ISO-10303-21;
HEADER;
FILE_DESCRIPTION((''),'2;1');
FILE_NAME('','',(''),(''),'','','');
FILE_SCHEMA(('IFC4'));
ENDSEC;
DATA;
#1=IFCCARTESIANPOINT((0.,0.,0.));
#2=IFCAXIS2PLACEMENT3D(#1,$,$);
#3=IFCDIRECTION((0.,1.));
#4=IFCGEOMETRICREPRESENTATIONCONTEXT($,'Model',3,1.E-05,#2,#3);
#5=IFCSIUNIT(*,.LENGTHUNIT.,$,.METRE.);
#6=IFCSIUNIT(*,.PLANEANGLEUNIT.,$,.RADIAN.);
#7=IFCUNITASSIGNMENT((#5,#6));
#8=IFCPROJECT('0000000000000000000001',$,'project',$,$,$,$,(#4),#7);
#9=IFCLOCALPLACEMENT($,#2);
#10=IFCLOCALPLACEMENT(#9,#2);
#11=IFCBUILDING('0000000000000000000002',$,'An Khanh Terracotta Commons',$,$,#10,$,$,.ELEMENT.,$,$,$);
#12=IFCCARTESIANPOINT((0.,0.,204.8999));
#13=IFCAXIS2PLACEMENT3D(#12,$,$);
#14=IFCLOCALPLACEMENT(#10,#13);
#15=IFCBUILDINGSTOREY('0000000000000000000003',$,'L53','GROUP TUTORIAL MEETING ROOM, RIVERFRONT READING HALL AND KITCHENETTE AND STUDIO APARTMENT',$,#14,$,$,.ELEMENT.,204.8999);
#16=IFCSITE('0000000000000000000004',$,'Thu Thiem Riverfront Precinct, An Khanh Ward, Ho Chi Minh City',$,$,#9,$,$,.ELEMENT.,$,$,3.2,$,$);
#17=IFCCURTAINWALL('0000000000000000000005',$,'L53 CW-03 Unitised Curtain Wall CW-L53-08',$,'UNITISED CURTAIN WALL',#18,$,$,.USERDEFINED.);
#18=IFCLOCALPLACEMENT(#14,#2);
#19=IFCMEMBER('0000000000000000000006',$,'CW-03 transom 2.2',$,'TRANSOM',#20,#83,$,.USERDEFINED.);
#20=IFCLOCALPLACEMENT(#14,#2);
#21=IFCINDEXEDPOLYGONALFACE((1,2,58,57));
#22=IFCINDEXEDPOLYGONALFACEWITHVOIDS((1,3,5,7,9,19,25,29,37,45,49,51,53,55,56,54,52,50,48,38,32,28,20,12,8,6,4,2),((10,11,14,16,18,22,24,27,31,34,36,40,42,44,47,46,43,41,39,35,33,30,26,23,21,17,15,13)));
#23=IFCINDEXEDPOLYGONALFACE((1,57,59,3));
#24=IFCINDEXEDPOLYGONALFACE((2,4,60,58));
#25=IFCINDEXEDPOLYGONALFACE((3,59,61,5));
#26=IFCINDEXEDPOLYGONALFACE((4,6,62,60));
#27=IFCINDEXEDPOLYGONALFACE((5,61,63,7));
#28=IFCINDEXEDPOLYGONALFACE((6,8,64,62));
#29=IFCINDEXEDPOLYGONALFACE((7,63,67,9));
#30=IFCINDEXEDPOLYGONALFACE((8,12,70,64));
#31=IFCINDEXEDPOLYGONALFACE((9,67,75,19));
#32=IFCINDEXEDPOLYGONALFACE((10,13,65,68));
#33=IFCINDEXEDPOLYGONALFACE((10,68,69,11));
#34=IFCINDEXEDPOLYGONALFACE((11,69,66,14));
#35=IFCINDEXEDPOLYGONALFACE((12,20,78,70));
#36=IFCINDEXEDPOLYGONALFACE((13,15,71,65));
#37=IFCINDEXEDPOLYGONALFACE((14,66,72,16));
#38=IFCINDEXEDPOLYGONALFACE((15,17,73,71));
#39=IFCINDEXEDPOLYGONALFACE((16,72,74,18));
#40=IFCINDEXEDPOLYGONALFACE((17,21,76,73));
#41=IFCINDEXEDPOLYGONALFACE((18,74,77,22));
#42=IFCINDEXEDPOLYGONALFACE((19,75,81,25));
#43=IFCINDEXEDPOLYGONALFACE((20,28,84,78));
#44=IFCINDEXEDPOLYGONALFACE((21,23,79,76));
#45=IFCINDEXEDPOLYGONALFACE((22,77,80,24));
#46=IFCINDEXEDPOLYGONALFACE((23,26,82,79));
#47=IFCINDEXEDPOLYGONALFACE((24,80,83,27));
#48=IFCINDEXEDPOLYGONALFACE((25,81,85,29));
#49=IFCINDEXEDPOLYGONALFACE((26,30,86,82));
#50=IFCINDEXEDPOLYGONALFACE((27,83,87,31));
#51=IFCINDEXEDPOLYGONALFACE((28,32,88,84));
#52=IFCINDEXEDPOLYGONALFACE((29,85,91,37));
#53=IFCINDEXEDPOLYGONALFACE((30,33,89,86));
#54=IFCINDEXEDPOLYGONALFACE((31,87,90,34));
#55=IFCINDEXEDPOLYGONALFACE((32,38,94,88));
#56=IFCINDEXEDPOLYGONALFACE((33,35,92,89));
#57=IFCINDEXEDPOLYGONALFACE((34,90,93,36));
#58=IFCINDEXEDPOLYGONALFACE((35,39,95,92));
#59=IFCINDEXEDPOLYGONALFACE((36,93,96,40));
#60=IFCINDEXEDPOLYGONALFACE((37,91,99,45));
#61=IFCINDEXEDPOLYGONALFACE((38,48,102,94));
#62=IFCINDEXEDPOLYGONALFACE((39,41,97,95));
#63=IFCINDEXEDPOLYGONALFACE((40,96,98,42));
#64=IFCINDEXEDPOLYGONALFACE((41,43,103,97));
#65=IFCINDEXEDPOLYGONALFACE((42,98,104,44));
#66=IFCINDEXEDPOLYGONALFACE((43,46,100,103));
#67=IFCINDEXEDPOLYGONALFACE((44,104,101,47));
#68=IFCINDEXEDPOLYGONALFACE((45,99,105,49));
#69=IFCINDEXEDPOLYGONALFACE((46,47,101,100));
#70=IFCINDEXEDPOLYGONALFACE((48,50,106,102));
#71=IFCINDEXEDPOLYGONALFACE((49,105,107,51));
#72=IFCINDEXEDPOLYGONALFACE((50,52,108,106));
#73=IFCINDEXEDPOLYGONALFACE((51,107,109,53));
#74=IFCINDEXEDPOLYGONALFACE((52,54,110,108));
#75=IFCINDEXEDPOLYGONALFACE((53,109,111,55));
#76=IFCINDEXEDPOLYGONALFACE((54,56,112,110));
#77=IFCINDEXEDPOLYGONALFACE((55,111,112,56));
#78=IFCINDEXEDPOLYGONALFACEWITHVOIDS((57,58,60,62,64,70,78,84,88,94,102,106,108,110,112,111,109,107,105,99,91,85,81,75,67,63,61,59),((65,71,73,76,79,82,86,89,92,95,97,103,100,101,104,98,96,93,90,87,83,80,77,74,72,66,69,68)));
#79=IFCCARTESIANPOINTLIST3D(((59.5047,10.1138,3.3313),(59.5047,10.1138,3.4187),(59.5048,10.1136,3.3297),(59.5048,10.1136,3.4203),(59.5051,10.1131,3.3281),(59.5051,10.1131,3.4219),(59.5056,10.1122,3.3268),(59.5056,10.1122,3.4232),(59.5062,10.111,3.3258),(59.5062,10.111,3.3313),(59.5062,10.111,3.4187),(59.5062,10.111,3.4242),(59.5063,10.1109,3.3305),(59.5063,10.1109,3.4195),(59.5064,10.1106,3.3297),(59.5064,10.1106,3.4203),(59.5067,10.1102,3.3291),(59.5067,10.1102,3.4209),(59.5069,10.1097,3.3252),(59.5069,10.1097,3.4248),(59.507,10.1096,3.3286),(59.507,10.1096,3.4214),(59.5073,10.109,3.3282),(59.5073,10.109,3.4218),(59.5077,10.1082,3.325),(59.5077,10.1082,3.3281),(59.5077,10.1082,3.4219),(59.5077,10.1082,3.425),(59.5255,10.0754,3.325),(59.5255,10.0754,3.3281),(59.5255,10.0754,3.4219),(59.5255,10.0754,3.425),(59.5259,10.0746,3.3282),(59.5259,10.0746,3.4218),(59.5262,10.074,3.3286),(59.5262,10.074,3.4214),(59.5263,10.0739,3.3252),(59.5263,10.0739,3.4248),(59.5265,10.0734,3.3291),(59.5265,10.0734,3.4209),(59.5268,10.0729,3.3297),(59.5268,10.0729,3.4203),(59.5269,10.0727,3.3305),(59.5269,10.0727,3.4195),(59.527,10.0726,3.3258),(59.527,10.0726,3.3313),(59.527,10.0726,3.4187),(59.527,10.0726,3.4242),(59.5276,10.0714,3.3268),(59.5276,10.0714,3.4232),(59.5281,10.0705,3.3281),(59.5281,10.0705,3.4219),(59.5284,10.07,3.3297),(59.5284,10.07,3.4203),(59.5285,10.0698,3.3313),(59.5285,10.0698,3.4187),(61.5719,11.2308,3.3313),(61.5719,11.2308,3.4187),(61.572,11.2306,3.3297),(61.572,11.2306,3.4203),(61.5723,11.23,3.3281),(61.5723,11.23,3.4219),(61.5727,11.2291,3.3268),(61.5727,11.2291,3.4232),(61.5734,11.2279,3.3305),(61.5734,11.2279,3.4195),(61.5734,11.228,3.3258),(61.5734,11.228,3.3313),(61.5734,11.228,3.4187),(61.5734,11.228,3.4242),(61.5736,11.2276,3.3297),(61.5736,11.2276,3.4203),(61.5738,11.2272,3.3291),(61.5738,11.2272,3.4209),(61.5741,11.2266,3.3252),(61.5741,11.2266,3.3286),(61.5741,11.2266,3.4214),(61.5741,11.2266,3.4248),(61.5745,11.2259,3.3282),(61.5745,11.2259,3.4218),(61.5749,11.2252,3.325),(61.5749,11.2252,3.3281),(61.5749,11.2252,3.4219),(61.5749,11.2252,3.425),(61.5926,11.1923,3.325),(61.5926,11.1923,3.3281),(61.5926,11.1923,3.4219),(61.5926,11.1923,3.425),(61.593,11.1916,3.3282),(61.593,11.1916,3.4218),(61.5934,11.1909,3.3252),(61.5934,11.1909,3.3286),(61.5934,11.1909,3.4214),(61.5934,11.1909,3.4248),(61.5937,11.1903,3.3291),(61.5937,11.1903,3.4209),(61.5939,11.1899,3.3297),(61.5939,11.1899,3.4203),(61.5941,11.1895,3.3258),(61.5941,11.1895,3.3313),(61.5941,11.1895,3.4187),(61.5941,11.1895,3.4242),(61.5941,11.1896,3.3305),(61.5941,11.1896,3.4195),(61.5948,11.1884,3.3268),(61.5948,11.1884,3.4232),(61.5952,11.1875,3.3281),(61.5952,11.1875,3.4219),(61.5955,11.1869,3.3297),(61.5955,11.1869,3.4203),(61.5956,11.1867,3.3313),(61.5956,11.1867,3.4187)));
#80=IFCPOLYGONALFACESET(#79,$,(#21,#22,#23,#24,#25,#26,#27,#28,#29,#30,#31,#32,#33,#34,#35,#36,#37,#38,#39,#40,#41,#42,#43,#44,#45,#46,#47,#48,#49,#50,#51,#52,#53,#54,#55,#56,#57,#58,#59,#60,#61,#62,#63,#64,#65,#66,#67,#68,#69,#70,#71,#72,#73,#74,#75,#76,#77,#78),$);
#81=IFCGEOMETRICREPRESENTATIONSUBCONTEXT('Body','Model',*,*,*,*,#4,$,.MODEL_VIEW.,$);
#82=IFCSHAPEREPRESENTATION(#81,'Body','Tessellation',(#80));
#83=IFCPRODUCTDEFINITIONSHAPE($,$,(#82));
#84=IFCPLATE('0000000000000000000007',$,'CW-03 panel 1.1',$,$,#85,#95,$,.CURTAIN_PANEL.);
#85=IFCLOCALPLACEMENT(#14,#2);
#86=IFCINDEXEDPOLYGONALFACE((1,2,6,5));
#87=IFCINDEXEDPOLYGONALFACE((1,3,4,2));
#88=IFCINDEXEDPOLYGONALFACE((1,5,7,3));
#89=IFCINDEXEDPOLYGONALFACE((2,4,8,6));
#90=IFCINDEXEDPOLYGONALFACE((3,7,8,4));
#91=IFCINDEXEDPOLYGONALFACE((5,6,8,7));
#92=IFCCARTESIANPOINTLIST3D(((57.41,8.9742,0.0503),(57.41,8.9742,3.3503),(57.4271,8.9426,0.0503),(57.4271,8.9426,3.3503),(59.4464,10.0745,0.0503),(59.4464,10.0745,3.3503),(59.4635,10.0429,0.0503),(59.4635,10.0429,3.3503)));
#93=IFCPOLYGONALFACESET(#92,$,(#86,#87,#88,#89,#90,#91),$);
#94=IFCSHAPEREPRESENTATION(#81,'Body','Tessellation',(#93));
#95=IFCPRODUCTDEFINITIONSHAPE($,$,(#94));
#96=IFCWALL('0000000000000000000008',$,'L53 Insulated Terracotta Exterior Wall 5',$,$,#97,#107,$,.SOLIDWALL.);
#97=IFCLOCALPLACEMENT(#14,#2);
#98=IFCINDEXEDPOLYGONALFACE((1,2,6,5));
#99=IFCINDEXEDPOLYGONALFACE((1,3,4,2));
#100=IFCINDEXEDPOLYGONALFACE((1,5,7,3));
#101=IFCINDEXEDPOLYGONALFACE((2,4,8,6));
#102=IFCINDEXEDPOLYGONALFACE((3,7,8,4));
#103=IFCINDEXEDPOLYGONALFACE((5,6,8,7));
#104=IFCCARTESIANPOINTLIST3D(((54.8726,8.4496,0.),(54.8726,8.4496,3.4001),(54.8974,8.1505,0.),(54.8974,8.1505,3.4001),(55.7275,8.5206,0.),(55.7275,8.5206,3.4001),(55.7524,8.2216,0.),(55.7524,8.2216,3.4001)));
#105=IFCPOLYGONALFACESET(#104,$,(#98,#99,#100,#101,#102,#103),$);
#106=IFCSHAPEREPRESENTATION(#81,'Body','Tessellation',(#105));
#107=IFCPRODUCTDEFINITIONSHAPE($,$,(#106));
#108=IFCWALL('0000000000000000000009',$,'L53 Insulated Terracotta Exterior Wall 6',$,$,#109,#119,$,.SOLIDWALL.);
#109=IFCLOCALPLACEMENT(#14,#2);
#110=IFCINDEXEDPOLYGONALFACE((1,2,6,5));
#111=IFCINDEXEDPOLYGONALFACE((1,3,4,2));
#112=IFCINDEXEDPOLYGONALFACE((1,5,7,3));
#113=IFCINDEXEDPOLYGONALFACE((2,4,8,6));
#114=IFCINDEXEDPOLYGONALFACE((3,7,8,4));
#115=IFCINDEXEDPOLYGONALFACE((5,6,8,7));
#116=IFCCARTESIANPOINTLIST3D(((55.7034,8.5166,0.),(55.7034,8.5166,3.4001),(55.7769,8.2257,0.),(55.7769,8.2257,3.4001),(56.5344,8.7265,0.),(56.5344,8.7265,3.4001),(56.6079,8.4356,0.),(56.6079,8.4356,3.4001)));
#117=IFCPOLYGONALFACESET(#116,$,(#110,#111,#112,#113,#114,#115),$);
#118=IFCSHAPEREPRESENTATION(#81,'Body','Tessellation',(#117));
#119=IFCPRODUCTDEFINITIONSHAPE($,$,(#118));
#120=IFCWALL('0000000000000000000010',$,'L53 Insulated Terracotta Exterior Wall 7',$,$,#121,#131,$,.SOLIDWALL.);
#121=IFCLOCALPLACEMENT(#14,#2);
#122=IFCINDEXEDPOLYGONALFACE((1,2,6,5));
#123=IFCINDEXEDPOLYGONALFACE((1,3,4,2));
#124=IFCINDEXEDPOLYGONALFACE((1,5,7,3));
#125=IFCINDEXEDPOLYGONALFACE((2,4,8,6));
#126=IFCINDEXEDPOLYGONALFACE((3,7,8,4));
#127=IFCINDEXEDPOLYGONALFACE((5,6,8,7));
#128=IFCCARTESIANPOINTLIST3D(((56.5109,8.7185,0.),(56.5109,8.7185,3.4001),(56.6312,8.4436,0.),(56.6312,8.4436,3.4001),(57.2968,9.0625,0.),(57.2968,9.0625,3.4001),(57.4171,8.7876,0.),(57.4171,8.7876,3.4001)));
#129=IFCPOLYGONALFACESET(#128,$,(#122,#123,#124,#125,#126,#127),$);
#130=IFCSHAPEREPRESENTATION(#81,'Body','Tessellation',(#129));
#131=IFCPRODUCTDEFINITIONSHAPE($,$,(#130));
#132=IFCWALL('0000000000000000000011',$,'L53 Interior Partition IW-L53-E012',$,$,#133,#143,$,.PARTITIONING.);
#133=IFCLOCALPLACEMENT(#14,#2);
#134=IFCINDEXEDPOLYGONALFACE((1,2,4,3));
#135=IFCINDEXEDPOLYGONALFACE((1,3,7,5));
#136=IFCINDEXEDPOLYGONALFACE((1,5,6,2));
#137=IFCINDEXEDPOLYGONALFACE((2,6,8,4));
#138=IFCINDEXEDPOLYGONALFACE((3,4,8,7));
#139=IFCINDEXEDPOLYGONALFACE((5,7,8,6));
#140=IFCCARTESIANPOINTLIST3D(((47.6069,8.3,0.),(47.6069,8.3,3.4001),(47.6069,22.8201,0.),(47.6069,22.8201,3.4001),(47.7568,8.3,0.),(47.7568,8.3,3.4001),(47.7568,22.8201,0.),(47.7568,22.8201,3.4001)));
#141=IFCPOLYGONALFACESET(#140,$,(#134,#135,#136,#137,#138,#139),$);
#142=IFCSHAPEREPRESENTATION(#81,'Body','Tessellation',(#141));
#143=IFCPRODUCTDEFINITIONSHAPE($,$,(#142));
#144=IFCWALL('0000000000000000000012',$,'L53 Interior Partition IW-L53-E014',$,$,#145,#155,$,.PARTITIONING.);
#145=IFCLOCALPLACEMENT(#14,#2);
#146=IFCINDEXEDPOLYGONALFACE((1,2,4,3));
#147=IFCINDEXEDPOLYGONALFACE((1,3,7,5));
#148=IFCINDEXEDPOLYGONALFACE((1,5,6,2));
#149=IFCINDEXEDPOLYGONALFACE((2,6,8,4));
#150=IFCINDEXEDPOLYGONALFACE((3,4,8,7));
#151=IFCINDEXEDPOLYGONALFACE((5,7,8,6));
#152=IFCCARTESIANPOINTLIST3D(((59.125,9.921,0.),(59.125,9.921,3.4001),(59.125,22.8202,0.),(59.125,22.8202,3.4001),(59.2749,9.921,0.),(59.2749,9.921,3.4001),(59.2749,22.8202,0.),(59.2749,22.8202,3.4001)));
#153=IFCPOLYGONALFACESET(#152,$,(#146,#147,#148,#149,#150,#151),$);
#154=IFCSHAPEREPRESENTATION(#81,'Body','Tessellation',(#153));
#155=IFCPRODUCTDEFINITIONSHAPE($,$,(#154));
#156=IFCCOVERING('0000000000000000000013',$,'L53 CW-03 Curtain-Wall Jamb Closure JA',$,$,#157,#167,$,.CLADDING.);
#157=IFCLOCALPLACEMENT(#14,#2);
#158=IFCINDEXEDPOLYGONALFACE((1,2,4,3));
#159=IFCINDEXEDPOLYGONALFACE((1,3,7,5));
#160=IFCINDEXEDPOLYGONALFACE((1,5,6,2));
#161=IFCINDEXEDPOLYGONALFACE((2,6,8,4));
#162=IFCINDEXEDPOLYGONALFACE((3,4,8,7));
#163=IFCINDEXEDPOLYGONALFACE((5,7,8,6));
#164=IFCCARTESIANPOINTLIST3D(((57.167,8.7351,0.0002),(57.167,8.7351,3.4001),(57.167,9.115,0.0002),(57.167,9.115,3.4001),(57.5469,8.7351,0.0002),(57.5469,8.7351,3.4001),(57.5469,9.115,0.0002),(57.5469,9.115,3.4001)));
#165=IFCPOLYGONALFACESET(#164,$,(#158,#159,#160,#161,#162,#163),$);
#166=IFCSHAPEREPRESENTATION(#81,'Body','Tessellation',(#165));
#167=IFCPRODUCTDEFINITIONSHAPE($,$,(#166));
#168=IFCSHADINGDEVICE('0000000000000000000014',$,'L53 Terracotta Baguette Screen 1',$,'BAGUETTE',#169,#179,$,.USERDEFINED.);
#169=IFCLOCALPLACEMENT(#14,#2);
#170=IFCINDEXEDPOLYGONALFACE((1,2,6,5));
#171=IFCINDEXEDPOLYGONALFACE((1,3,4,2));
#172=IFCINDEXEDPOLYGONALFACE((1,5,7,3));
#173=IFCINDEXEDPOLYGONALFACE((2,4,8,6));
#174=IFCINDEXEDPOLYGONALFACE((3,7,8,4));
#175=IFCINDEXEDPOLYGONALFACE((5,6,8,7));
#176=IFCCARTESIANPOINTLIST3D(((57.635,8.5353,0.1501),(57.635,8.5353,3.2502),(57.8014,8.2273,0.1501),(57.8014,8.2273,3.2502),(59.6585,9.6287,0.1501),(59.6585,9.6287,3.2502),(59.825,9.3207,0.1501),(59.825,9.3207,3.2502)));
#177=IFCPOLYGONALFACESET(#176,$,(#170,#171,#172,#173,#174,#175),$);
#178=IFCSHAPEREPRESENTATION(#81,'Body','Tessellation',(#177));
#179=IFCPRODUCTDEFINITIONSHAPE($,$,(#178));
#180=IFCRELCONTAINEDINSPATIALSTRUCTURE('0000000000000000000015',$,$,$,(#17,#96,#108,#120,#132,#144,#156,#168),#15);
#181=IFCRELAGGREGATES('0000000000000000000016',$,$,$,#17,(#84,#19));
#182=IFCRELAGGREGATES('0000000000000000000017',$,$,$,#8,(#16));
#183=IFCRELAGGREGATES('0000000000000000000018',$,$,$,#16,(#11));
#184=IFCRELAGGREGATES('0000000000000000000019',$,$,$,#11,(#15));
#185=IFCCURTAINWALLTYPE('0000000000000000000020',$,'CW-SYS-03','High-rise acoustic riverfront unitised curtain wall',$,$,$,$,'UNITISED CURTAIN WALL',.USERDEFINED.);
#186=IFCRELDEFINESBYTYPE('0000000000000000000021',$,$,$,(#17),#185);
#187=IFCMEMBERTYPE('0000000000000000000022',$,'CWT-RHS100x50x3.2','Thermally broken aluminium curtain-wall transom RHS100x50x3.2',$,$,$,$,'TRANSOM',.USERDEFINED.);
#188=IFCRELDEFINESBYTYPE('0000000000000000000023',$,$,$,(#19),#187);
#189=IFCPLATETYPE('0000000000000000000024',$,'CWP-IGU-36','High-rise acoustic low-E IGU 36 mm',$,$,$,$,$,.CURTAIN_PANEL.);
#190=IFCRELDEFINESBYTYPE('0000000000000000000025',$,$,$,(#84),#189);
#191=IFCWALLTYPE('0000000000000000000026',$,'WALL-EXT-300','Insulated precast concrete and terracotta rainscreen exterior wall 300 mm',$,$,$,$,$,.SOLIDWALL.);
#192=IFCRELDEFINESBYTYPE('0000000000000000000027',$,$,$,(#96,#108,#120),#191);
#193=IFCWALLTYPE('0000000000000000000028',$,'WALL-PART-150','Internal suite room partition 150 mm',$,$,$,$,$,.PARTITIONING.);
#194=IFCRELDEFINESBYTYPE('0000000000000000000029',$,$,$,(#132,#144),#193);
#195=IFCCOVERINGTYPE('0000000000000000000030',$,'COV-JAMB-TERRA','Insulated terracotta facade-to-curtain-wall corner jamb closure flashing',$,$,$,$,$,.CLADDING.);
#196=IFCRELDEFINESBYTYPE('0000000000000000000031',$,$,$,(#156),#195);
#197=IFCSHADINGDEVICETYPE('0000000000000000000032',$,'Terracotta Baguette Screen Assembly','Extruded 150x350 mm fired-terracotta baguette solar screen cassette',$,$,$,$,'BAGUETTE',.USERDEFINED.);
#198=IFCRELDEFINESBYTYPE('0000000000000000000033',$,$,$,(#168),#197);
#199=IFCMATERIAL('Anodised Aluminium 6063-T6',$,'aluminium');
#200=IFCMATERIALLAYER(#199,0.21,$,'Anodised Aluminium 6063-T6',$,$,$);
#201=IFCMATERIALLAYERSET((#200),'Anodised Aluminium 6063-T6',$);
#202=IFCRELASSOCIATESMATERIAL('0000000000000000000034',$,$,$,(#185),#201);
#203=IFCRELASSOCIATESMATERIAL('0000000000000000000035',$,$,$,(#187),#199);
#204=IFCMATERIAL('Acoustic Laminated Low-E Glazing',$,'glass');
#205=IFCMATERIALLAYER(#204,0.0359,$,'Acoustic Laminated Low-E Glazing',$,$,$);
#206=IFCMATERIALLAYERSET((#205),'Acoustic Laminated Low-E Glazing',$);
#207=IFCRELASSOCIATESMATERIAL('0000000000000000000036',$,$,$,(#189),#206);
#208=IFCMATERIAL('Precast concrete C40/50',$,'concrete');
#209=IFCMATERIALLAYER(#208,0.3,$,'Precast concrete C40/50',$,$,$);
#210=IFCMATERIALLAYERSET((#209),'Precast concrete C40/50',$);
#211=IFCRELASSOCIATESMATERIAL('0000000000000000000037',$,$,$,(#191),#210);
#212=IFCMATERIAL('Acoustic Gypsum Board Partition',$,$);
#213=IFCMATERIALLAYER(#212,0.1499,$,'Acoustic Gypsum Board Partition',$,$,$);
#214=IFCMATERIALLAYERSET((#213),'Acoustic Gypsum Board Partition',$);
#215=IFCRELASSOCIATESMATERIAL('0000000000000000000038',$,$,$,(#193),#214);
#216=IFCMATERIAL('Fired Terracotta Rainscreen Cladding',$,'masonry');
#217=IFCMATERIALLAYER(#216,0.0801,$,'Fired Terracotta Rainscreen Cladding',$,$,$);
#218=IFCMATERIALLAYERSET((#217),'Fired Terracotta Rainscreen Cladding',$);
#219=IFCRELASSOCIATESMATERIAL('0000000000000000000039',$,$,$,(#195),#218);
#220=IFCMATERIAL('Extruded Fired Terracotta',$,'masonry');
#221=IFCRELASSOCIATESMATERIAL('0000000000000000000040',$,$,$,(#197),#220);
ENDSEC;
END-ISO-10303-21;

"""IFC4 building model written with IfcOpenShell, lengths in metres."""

from ifc_helpers import new_model, si_unit, direction, frame, frame_2d, origin, origin_2d, place, context, subcontext, project, spatial, rectangle, hollow_rectangle, extrude, material, layer, layer_set, material_profile, profile_set, type_object, element, aggregate, save


model = new_model("IFC4")

# Units and contexts
model_context = context("Model", 3, precision=1e-05, world=origin(), true_north=direction((0.0, 1.0)))
body_context = subcontext(model_context, "Body", "Model", "MODEL_VIEW")
ifc_project = project(units=[si_unit("LENGTHUNIT", "METRE"), si_unit("PLANEANGLEUNIT", "RADIAN")], contexts=[model_context])

# Site, building, storey
site_placement = place(None, origin())
site = spatial("IfcSite", under=ifc_project, at=site_placement, Name="Thu Thiem Riverfront Precinct, An Khanh Ward, Ho Chi Minh City", CompositionType="ELEMENT", RefElevation=3.2)
building_placement = place(site_placement, origin())
building = spatial("IfcBuilding", under=site, at=building_placement, Name="An Khanh Terracotta Commons", CompositionType="ELEMENT")
storey_placement = place(building_placement, frame((0.0, 0.0, 204.8999)))
storey = spatial("IfcBuildingStorey", under=building, at=storey_placement, Name="L53", Description="GROUP TUTORIAL MEETING ROOM, RIVERFRONT READING HALL AND KITCHENETTE AND STUDIO APARTMENT", CompositionType="ELEMENT", Elevation=204.8999)

# Curtain wall, member, plate
ifc_material_1 = material(Name="Anodised Aluminium 6063-T6", Category="aluminium")
ifc_layer_1 = layer(ifc_material_1, 0.21, Name="Anodised Aluminium 6063-T6")
ifc_layer_set_1 = layer_set([ifc_layer_1], Name="Anodised Aluminium 6063-T6")
curtain_wall_type = type_object("IfcCurtainWallType", Name="CW-SYS-03", Description="High-rise acoustic riverfront unitised curtain wall", ElementType="UNITISED CURTAIN WALL", PredefinedType="USERDEFINED", material=ifc_layer_set_1)
curtain_wall_placement = place(storey_placement, origin())
curtain_wall = element("IfcCurtainWall", 1, at=curtain_wall_placement, inside=storey, type_object=curtain_wall_type, Name="L53 CW-03 Unitised Curtain Wall CW-L53-08", ObjectType="UNITISED CURTAIN WALL", PredefinedType="USERDEFINED")
ifc_material_profile_1 = material_profile(ifc_material_1, hollow_rectangle(XDim=0.05, YDim=0.1001, WallThickness=0.0032, InnerFilletRadius=0.0032, OuterFilletRadius=0.0063, at=origin_2d()), Name="RHS100x50x3.2")
ifc_profile_set_1 = profile_set([ifc_material_profile_1], Name="Anodised Aluminium 6063-T6")
member_type_1 = type_object("IfcMemberType", Name="CWT-RHS100x50x3.2", Description="Thermally broken aluminium curtain-wall transom RHS100x50x3.2", ElementType="TRANSOM", PredefinedType="USERDEFINED", material=ifc_profile_set_1)
member_1_placement = place(storey_placement, frame((59.5166, 10.0918, 3.375), z_axis=(0.879783, 0.475376, 0.0), x_axis=(-0.475376, 0.879783, 0.0)))
member_1 = element("IfcMember", 2, at=member_1_placement, type_object=member_type_1, Name="CW-03 transom 2.2", ObjectType="TRANSOM", PredefinedType="USERDEFINED", context=body_context, shape_type="SweptSolid", body=[
    extrude(hollow_rectangle(XDim=0.05, YDim=0.1001, WallThickness=0.0032, InnerFilletRadius=0.0032, OuterFilletRadius=0.0063, at=origin_2d()), origin(), (0.0, 0.0, 1.0), 2.3496),
])
ifc_material_2 = material(Name="Acoustic Laminated Low-E Glazing", Category="glass")
ifc_layer_2 = layer(ifc_material_2, 0.0359, Name="Acoustic Laminated Low-E Glazing")
ifc_layer_set_2 = layer_set([ifc_layer_2], Name="Acoustic Laminated Low-E Glazing")
plate_type = type_object("IfcPlateType", Name="CWP-IGU-36", Description="High-rise acoustic low-E IGU 36 mm", PredefinedType="CURTAIN_PANEL", material=ifc_layer_set_2)
plate_placement = place(storey_placement, frame((58.4368, 9.5085, 0.0503), z_axis=(0.0, 0.0, 1.0), x_axis=(0.87978, 0.475381, 0.0)))
plate = element("IfcPlate", 3, at=plate_placement, type_object=plate_type, Name="CW-03 panel 1.1", PredefinedType="CURTAIN_PANEL", context=body_context, shape_type="SweptSolid", body=[
    extrude(rectangle(XDim=2.3147, YDim=0.0359, at=origin_2d()), origin(), (0.0, 0.0, 1.0), 3.3),
])
aggregate(curtain_wall, [plate, member_1])

# Walls
ifc_material_3 = material(Name="Precast concrete C40/50", Category="concrete")
ifc_layer_3 = layer(ifc_material_3, 0.3, Name="Precast concrete C40/50")
ifc_layer_set_3 = layer_set([ifc_layer_3], Name="Precast concrete C40/50")
wall_type_1 = type_object("IfcWallType", Name="WALL-EXT-300", Description="Insulated precast concrete and terracotta rainscreen exterior wall 300 mm", PredefinedType="SOLIDWALL", material=ifc_layer_set_3)
wall_1_placement = place(storey_placement, frame((54.885, 8.3, 0.0), z_axis=(0.0, 0.0, 1.0), x_axis=(0.996565, 0.08281, 0.0)))
element("IfcWall", 4, at=wall_1_placement, inside=storey, type_object=wall_type_1, Name="L53 Insulated Terracotta Exterior Wall 5", PredefinedType="SOLIDWALL", context=body_context, shape_type="SweptSolid", body=[
    extrude(rectangle(XDim=0.8579, YDim=0.3, at=frame_2d((0.429, 0.0))), origin(), (0.0, 0.0, 1.0), 3.4001),
])
wall_2_placement = place(storey_placement, frame((55.74, 8.3711, 0.0), z_axis=(0.0, 0.0, 1.0), x_axis=(0.969536, 0.244947, 0.0)))
element("IfcWall", 5, at=wall_2_placement, inside=storey, type_object=wall_type_1, Name="L53 Insulated Terracotta Exterior Wall 6", PredefinedType="SOLIDWALL", context=body_context, shape_type="SweptSolid", body=[
    extrude(rectangle(XDim=0.8572, YDim=0.3, at=frame_2d((0.4287, 0.0))), origin(), (0.0, 0.0, 1.0), 3.4001),
])
wall_3_placement = place(storey_placement, frame((56.571, 8.5811, 0.0), z_axis=(0.0, 0.0, 1.0), x_axis=(0.916085, 0.400983, 0.0)))
element("IfcWall", 6, at=wall_3_placement, inside=storey, type_object=wall_type_1, Name="L53 Insulated Terracotta Exterior Wall 7", PredefinedType="SOLIDWALL", context=body_context, shape_type="SweptSolid", body=[
    extrude(rectangle(XDim=0.8579, YDim=0.3, at=frame_2d((0.429, 0.0))), origin(), (0.0, 0.0, 1.0), 3.4001),
])
ifc_material_4 = material(Name="Acoustic Gypsum Board Partition")
ifc_layer_4 = layer(ifc_material_4, 0.1499, Name="Acoustic Gypsum Board Partition")
ifc_layer_set_4 = layer_set([ifc_layer_4], Name="Acoustic Gypsum Board Partition")
wall_type_2 = type_object("IfcWallType", Name="WALL-PART-150", Description="Internal suite room partition 150 mm", PredefinedType="PARTITIONING", material=ifc_layer_set_4)
wall_4_placement = place(storey_placement, frame((47.6819, 8.3, 0.0), z_axis=(0.0, 0.0, 1.0), x_axis=(0.0, 1.0, 0.0)))
element("IfcWall", 7, at=wall_4_placement, inside=storey, type_object=wall_type_2, Name="L53 Interior Partition IW-L53-E012", PredefinedType="PARTITIONING", context=body_context, shape_type="SweptSolid", body=[
    extrude(rectangle(XDim=14.52, YDim=0.1499, at=frame_2d((7.26, 0.0))), origin(), (0.0, 0.0, 1.0), 3.4001),
])
wall_5_placement = place(storey_placement, frame((59.2, 9.9209, 0.0), z_axis=(0.0, 0.0, 1.0), x_axis=(0.0, 1.0, 0.0)))
element("IfcWall", 8, at=wall_5_placement, inside=storey, type_object=wall_type_2, Name="L53 Interior Partition IW-L53-E014", PredefinedType="PARTITIONING", context=body_context, shape_type="SweptSolid", body=[
    extrude(rectangle(XDim=12.8992, YDim=0.1499, at=frame_2d((6.4497, 0.0))), origin(), (0.0, 0.0, 1.0), 3.4001),
])

# Covering
ifc_material_5 = material(Name="Fired Terracotta Rainscreen Cladding", Category="masonry")
ifc_layer_5 = layer(ifc_material_5, 0.0801, Name="Fired Terracotta Rainscreen Cladding")
ifc_layer_set_5 = layer_set([ifc_layer_5], Name="Fired Terracotta Rainscreen Cladding")
covering_type = type_object("IfcCoveringType", Name="COV-JAMB-TERRA", Description="Insulated terracotta facade-to-curtain-wall corner jamb closure flashing", PredefinedType="CLADDING", material=ifc_layer_set_5)
covering_placement = place(storey_placement, frame((57.3569, 8.925, 0.0002), z_axis=(0.0, 0.0, 1.0), x_axis=(1.0, 0.0, 0.0)))
element("IfcCovering", 9, at=covering_placement, inside=storey, type_object=covering_type, Name="L53 CW-03 Curtain-Wall Jamb Closure JA", PredefinedType="CLADDING", context=body_context, shape_type="SweptSolid", body=[
    extrude(rectangle(XDim=0.3799, YDim=0.3799, at=origin_2d()), origin(), (0.0, 0.0, 1.0), 3.3999),
])

# Shading device
ifc_material_6 = material(Name="Extruded Fired Terracotta", Category="masonry")
shading_device_type = type_object("IfcShadingDeviceType", Name="Terracotta Baguette Screen Assembly", Description="Extruded 150x350 mm fired-terracotta baguette solar screen cassette", ElementType="BAGUETTE", PredefinedType="USERDEFINED", material=ifc_material_6)
shading_device_placement = place(storey_placement, frame((58.73, 8.928, 0.1501), z_axis=(0.0, 0.0, 1.0), x_axis=(0.87978, 0.475381, 0.0)))
element("IfcShadingDevice", 10, at=shading_device_placement, inside=storey, type_object=shading_device_type, Name="L53 Terracotta Baguette Screen 1", ObjectType="BAGUETTE", PredefinedType="USERDEFINED", context=body_context, shape_type="SweptSolid", body=[
    extrude(rectangle(XDim=2.3, YDim=0.3501, at=origin_2d()), origin(), (0.0, 0.0, 1.0), 3.1001),
])

save(model, "model.ifc")
